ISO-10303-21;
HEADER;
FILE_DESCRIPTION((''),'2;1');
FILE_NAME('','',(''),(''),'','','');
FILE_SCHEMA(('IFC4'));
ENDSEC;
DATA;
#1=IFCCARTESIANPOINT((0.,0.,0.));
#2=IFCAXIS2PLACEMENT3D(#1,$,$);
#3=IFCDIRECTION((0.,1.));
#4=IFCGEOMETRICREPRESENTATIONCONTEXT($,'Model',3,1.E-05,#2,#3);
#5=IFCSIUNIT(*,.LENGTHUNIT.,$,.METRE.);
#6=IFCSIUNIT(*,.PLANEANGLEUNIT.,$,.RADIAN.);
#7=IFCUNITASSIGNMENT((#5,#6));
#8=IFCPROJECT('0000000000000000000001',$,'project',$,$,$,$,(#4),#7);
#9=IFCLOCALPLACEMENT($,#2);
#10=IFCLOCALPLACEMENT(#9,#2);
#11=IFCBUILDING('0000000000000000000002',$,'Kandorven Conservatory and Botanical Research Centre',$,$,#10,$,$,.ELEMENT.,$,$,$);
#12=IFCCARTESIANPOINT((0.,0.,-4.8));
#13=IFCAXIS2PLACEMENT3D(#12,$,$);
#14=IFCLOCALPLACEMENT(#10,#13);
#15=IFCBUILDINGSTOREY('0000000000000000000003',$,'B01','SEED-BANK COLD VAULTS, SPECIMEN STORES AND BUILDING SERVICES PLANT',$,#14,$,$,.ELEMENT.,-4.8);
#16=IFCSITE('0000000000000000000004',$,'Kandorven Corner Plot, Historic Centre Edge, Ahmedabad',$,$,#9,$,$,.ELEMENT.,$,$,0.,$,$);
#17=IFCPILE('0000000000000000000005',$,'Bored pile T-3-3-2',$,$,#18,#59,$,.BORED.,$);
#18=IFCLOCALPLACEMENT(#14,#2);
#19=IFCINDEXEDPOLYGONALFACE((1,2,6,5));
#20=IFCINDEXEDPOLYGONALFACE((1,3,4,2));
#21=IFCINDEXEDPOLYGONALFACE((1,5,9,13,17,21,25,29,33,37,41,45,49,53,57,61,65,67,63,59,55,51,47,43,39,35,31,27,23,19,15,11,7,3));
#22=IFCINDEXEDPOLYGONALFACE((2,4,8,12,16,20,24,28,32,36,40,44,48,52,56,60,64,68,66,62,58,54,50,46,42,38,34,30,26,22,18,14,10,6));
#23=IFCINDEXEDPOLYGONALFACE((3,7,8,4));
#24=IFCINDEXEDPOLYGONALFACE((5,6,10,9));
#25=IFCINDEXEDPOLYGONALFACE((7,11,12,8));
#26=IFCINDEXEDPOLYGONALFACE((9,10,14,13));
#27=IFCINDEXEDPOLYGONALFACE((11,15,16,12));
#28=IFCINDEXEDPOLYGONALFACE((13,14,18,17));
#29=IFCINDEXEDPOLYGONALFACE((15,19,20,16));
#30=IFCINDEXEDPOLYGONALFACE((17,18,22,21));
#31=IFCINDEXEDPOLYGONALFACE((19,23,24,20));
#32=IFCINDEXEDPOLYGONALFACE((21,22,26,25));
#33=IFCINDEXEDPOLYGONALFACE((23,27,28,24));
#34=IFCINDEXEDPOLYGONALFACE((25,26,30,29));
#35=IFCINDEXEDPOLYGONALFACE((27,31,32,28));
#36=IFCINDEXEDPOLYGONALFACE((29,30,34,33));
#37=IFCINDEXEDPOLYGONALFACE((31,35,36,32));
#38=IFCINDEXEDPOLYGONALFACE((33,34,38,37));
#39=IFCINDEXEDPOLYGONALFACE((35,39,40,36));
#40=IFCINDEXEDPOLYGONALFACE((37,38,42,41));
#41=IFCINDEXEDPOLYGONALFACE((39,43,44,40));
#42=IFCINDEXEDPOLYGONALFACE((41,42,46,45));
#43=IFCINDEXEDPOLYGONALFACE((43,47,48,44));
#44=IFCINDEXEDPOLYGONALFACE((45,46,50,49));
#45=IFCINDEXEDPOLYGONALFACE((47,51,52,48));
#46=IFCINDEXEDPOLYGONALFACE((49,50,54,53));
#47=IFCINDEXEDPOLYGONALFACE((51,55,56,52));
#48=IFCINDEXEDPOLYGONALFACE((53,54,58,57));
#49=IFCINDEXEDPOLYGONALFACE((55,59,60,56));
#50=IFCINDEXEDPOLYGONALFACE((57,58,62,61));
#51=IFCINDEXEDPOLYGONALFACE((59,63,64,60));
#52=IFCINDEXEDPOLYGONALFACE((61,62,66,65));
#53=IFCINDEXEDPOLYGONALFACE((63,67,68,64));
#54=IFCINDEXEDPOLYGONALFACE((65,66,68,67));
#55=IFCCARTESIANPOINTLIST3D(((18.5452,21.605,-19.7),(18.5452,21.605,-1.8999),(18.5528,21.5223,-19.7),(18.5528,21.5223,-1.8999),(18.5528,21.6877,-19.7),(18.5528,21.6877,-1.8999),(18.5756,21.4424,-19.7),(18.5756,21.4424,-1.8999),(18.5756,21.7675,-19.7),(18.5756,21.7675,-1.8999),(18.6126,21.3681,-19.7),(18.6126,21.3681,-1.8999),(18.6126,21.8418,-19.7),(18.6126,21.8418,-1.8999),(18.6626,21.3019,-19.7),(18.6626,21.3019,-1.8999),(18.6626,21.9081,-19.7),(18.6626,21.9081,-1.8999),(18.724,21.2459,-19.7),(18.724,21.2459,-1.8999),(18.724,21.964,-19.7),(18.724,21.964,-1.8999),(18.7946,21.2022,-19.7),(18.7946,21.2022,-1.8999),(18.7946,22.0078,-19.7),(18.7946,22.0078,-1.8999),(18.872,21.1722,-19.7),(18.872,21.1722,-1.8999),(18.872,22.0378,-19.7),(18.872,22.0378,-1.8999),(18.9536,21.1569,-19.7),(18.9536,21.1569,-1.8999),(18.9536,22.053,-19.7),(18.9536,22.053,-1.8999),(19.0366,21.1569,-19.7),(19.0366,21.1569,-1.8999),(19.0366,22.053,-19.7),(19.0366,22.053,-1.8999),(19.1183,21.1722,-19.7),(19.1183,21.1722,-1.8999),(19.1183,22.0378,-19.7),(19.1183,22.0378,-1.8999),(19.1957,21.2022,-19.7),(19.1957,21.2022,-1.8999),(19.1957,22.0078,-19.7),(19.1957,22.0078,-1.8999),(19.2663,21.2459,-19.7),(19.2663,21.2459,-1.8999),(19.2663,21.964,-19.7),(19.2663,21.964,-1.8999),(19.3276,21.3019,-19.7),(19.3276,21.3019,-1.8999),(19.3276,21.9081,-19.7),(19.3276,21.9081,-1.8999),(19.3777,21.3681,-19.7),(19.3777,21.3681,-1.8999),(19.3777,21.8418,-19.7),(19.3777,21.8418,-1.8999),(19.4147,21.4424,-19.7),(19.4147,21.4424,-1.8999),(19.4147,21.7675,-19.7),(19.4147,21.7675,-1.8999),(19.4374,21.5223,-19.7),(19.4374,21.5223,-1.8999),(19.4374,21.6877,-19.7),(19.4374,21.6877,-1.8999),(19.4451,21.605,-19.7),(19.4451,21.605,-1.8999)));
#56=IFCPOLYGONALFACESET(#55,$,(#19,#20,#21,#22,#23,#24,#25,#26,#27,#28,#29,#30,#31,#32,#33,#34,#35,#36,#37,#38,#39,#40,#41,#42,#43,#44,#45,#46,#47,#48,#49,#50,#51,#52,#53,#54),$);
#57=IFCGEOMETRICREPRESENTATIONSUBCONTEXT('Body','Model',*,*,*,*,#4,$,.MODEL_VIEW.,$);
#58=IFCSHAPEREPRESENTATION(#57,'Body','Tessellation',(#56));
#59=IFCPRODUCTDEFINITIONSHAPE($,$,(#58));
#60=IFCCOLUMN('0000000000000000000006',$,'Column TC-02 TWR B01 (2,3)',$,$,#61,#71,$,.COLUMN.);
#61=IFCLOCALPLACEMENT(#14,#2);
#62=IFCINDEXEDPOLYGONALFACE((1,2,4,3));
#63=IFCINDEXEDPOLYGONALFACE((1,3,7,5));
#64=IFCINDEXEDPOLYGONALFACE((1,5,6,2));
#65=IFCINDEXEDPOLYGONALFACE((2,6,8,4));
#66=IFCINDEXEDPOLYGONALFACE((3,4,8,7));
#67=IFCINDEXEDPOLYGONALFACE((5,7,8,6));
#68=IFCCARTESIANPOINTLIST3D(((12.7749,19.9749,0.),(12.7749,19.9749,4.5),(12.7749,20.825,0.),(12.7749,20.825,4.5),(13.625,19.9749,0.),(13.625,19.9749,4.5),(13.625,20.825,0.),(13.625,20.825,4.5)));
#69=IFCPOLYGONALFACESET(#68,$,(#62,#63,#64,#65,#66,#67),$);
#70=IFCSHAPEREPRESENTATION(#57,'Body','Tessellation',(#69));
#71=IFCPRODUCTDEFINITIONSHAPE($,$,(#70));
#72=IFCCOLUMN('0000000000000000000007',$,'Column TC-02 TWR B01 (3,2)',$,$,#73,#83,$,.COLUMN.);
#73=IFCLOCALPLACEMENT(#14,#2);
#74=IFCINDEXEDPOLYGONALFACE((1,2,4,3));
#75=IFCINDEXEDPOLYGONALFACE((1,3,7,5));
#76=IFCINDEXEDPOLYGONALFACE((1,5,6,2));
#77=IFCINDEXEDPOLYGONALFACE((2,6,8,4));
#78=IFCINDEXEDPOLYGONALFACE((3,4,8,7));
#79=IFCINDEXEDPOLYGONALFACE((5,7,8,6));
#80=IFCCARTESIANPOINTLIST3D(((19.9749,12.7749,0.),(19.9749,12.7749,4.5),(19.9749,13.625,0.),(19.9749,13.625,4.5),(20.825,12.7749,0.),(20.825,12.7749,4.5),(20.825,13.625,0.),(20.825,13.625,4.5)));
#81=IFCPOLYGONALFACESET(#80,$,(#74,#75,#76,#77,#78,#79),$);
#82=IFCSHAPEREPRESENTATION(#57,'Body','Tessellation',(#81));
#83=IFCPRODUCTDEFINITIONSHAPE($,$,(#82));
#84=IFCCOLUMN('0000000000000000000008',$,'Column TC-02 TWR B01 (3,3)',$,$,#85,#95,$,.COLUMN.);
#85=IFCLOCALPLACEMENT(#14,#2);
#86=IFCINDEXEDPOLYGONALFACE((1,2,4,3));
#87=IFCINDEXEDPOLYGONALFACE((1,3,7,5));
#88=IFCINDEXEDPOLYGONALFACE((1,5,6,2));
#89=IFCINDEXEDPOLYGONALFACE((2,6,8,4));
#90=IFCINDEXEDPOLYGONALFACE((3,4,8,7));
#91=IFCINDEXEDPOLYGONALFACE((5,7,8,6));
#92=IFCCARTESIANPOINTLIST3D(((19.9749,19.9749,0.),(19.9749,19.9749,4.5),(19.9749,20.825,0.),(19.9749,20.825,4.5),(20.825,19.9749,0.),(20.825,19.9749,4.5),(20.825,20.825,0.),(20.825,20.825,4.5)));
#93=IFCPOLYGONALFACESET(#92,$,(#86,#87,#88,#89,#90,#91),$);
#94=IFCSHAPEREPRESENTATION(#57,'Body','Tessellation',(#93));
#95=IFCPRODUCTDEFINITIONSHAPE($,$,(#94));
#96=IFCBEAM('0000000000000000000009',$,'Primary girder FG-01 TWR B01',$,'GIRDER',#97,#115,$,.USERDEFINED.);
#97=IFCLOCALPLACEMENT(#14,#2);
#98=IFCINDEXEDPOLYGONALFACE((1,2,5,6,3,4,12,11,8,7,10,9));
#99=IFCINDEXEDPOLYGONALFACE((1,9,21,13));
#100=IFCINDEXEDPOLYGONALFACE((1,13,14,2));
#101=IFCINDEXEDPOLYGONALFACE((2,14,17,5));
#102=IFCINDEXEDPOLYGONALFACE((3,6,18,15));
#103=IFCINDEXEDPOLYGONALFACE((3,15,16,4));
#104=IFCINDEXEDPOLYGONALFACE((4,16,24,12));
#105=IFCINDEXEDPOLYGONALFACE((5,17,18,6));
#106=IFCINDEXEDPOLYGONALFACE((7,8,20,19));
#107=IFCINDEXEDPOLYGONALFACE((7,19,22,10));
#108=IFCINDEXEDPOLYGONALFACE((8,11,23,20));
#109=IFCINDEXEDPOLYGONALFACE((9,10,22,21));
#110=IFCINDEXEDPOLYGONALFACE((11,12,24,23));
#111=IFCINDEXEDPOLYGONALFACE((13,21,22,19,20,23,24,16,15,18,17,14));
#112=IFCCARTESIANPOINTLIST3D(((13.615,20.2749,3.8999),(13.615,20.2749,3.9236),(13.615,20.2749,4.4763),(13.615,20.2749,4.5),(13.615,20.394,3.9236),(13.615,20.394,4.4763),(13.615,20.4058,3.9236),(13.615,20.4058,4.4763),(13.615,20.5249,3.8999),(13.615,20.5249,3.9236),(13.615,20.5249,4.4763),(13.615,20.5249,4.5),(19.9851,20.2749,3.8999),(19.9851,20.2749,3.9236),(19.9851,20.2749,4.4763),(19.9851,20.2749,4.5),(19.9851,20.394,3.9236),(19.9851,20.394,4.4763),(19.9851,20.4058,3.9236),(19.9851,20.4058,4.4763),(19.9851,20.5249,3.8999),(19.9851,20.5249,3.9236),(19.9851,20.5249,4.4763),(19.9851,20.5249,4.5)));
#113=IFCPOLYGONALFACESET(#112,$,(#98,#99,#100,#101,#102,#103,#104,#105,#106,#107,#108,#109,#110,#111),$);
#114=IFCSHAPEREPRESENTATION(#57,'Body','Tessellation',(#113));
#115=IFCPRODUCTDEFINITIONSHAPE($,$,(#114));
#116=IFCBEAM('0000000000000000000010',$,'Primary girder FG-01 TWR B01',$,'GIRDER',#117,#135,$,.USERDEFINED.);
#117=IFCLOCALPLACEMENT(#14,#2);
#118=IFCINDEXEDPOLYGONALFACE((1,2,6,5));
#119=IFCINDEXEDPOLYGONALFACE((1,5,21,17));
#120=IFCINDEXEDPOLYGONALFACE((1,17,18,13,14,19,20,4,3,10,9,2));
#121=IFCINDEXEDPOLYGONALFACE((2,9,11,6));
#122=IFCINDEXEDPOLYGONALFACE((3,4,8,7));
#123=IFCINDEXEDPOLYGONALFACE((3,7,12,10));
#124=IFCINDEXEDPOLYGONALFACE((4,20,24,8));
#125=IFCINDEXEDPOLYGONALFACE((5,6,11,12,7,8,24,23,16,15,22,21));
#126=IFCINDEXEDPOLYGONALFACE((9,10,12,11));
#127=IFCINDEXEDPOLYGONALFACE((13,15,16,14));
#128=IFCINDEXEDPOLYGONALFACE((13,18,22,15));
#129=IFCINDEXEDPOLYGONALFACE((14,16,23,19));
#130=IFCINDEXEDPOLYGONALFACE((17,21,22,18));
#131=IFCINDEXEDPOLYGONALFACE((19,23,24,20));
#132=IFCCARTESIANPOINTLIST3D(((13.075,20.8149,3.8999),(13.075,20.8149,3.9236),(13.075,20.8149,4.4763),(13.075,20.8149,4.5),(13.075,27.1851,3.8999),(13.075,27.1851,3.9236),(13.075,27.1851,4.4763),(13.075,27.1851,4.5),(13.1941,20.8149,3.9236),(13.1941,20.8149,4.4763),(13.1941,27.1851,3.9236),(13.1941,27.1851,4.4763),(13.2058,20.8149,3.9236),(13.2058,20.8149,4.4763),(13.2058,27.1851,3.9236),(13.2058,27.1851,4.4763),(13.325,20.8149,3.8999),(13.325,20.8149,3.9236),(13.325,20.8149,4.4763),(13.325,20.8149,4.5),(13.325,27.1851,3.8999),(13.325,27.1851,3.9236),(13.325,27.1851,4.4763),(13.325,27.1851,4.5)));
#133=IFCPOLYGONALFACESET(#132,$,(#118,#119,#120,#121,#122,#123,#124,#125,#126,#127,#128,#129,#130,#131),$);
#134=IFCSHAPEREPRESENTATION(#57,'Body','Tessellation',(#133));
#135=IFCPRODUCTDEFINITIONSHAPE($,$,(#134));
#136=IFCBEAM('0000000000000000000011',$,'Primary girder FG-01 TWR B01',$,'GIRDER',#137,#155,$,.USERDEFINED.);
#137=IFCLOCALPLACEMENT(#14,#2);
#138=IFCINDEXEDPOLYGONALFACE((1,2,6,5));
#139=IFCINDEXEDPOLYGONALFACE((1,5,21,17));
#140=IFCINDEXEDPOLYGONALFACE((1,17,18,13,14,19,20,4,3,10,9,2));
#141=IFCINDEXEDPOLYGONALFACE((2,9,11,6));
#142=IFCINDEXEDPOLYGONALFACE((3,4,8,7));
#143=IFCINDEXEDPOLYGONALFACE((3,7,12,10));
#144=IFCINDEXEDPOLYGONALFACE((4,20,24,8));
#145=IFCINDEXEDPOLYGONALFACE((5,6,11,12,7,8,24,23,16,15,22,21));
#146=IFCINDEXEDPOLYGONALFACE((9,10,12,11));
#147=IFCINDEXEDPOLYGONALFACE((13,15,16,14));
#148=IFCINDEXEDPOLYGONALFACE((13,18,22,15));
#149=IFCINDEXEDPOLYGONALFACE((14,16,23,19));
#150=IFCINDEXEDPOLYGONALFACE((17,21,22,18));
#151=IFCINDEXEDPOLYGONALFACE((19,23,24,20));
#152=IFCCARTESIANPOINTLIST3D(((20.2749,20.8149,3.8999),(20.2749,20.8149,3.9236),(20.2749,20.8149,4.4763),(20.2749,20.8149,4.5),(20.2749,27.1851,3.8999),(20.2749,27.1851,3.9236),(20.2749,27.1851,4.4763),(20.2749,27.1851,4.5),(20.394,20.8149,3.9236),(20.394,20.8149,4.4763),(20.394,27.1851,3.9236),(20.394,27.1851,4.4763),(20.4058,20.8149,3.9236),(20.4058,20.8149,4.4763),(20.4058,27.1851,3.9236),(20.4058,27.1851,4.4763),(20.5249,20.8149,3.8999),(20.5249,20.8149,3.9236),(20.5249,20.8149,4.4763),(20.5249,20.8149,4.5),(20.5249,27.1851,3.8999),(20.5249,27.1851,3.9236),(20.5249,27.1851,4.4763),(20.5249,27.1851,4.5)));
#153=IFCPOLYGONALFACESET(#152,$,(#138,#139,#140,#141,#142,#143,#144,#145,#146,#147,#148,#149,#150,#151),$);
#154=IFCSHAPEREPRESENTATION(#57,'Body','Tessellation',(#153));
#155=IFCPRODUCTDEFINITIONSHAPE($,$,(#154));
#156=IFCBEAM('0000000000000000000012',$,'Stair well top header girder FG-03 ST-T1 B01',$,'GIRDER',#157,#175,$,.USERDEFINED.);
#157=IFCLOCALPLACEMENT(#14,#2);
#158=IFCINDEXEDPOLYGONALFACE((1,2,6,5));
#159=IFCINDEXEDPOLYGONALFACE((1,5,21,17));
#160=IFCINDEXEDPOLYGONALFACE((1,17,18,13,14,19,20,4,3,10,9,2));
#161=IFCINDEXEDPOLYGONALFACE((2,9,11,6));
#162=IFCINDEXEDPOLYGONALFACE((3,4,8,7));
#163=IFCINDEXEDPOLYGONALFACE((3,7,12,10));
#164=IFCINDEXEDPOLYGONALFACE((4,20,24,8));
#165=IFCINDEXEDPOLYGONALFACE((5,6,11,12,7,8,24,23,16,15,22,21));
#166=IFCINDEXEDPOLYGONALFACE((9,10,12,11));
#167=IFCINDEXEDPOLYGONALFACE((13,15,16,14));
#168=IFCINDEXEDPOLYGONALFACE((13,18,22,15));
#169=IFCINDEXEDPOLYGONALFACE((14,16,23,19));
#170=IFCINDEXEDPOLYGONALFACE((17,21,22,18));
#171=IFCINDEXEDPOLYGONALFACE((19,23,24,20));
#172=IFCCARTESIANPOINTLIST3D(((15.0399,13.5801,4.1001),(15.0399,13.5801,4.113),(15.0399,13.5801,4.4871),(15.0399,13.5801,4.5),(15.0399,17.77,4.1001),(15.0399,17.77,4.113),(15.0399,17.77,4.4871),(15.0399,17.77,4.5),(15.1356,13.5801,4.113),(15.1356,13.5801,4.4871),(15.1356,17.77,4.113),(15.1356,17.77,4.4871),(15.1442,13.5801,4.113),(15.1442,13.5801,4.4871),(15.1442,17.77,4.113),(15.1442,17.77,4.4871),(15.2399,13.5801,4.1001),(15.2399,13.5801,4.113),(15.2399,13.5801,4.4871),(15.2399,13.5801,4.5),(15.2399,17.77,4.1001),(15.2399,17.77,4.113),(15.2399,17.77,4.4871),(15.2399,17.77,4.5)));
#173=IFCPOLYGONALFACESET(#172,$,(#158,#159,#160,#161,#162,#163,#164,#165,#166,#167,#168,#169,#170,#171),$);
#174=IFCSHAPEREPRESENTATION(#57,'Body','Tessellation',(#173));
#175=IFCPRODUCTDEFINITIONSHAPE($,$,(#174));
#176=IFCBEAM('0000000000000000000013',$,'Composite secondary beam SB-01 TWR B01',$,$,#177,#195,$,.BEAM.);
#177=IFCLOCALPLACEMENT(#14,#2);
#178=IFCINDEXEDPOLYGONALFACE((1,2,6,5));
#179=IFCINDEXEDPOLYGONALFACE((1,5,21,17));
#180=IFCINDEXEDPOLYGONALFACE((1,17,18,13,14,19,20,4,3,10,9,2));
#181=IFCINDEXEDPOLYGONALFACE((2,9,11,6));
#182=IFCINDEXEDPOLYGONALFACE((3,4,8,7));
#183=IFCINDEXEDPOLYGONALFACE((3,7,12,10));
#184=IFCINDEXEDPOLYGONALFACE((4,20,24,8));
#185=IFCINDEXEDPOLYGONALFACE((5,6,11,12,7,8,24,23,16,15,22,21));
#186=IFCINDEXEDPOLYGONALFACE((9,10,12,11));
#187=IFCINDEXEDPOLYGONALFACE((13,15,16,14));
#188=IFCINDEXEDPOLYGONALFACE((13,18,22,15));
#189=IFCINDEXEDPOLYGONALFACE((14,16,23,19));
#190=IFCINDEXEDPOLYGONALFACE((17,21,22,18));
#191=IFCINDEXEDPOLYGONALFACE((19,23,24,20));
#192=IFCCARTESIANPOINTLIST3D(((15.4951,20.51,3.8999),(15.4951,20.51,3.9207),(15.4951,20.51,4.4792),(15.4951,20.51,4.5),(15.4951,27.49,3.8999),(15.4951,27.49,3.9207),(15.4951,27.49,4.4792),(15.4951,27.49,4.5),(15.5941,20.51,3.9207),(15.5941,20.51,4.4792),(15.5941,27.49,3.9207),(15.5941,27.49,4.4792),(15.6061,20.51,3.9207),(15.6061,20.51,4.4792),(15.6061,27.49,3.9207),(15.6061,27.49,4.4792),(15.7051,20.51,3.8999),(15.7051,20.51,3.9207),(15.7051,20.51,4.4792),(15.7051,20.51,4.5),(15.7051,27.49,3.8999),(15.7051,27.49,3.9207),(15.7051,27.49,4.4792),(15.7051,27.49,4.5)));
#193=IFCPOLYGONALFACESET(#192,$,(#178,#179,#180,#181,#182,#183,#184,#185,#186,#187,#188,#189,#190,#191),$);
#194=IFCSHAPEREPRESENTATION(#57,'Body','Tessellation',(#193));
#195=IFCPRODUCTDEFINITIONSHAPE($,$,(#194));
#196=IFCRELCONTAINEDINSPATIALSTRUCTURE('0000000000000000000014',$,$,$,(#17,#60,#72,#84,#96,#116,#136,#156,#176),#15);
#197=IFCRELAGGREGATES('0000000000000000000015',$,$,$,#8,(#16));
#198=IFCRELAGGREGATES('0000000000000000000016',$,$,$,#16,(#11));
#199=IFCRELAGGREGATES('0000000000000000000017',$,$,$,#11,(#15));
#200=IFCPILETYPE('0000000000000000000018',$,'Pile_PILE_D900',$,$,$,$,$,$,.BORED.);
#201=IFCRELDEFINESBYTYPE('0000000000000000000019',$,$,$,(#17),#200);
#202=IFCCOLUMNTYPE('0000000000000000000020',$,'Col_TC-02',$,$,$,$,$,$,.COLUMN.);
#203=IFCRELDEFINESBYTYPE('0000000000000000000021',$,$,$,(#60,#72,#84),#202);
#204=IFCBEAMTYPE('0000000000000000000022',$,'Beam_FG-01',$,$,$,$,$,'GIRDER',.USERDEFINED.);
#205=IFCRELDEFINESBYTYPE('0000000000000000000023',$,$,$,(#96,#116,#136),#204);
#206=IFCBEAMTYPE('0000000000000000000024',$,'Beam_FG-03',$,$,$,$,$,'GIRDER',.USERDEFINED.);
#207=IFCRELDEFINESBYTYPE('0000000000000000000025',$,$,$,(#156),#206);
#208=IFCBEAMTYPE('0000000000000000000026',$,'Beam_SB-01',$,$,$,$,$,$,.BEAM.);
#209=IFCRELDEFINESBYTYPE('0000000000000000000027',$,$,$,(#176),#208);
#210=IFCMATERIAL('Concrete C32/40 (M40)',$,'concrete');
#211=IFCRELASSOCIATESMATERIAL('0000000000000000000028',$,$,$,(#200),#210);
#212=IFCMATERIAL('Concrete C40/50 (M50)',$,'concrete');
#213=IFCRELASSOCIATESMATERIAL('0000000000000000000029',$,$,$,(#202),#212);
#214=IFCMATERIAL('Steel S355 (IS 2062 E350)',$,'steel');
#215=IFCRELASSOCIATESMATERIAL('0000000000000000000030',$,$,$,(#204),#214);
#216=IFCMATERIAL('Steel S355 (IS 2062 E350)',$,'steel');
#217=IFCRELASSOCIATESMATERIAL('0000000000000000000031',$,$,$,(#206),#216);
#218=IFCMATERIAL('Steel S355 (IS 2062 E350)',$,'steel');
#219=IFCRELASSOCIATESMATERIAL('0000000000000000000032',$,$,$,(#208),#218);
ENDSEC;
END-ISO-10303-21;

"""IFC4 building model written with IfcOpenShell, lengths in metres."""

from ifc_helpers import new_model, si_unit, direction, frame, origin, origin_2d, place, context, subcontext, project, spatial, rectangle, circle, i_section, extrude, material, material_profile, profile_set, type_object, element, save


model = new_model("IFC4")

# Units and contexts
model_context = context("Model", 3, precision=1e-05, world=origin(), true_north=direction((0.0, 1.0)))
body_context = subcontext(model_context, "Body", "Model", "MODEL_VIEW")
ifc_project = project(units=[si_unit("LENGTHUNIT", "METRE"), si_unit("PLANEANGLEUNIT", "RADIAN")], contexts=[model_context])

# Site, building, storey
site_placement = place(None, origin())
site = spatial("IfcSite", under=ifc_project, at=site_placement, Name="Kandorven Corner Plot, Historic Centre Edge, Ahmedabad", CompositionType="ELEMENT", RefElevation=0.0)
building_placement = place(site_placement, origin())
building = spatial("IfcBuilding", under=site, at=building_placement, Name="Kandorven Conservatory and Botanical Research Centre", CompositionType="ELEMENT")
storey_placement = place(building_placement, frame((0.0, 0.0, -4.8)))
storey = spatial("IfcBuildingStorey", under=building, at=storey_placement, Name="B01", Description="SEED-BANK COLD VAULTS, SPECIMEN STORES AND BUILDING SERVICES PLANT", CompositionType="ELEMENT", Elevation=-4.8)

# Pile
ifc_material_1 = material(Name="Concrete C32/40 (M40)", Category="concrete")
ifc_material_profile_1 = material_profile(ifc_material_1, circle(Radius=0.45, at=origin_2d()))
ifc_profile_set_1 = profile_set([ifc_material_profile_1], Name="Concrete C32/40 (M40)")
pile_type = type_object("IfcPileType", Name="Pile_PILE_D900", PredefinedType="BORED", material=ifc_profile_set_1)
for number, where, z_axis, x_axis, name in (
    (1, (18.9951, 21.605, -1.8999), (0.0, 0.0, -1.0), (1.0, 0.0, 0.0), "Bored pile T-3-3-2"),
):
    element("IfcPile", number, at=place(storey_placement, frame(where, z_axis=z_axis, x_axis=x_axis)), inside=storey, type_object=pile_type, Name=name, PredefinedType="BORED", context=body_context, shape_type="SweptSolid", body=[
        extrude(circle(Radius=0.45, at=origin_2d()), origin(), (0.0, 0.0, 1.0), 17.8),
    ])

# Columns
ifc_material_2 = material(Name="Concrete C40/50 (M50)", Category="concrete")
ifc_material_profile_2 = material_profile(ifc_material_2, rectangle(XDim=0.8501, YDim=0.8501, at=origin_2d()))
ifc_profile_set_2 = profile_set([ifc_material_profile_2], Name="Concrete C40/50 (M50)")
column_type = type_object("IfcColumnType", Name="Col_TC-02", PredefinedType="COLUMN", material=ifc_profile_set_2)
for number, where, z_axis, x_axis, name in (
    (2, (13.2, 20.3999, 0.0), (0.0, 0.0, 1.0), (1.0, 0.0, 0.0), "Column TC-02 TWR B01 (2,3)"),
    (3, (20.3999, 13.2, 0.0), (0.0, 0.0, 1.0), (1.0, 0.0, 0.0), "Column TC-02 TWR B01 (3,2)"),
    (4, (20.3999, 20.3999, 0.0), (0.0, 0.0, 1.0), (1.0, 0.0, 0.0), "Column TC-02 TWR B01 (3,3)"),
):
    element("IfcColumn", number, at=place(storey_placement, frame(where, z_axis=z_axis, x_axis=x_axis)), inside=storey, type_object=column_type, Name=name, PredefinedType="COLUMN", context=body_context, shape_type="SweptSolid", body=[
        extrude(rectangle(XDim=0.8501, YDim=0.8501, at=origin_2d()), origin(), (0.0, 0.0, 1.0), 4.5),
    ])

# Beams
ifc_material_3 = material(Name="Steel S355 (IS 2062 E350)", Category="steel")
ifc_material_profile_3 = material_profile(ifc_material_3, i_section(OverallWidth=0.25, OverallDepth=0.6001, WebThickness=0.0117, FlangeThickness=0.0237, at=origin_2d()))
ifc_profile_set_3 = profile_set([ifc_material_profile_3], Name="Steel S355 (IS 2062 E350)")
beam_type_1 = type_object("IfcBeamType", Name="Beam_FG-01", ElementType="GIRDER", PredefinedType="USERDEFINED", material=ifc_profile_set_3)
for number, where, z_axis, x_axis, name in (
    (5, (13.615, 20.3999, 4.2), (1.0, 0.0, 0.0), (0.0, 1.0, 0.0), "Primary girder FG-01 TWR B01"),
    (6, (13.2, 20.8149, 4.2), (0.0, 1.0, 0.0), (-1.0, 0.0, 0.0), "Primary girder FG-01 TWR B01"),
    (7, (20.3999, 20.8149, 4.2), (0.0, 1.0, 0.0), (-1.0, 0.0, 0.0), "Primary girder FG-01 TWR B01"),
):
    element("IfcBeam", number, at=place(storey_placement, frame(where, z_axis=z_axis, x_axis=x_axis)), inside=storey, type_object=beam_type_1, Name=name, ObjectType="GIRDER", PredefinedType="USERDEFINED", context=body_context, shape_type="SweptSolid", body=[
        extrude(i_section(OverallWidth=0.25, OverallDepth=0.6001, WebThickness=0.0117, FlangeThickness=0.0237, at=origin_2d()), origin(), (0.0, 0.0, 1.0), 6.3701),
    ])
ifc_material_4 = material(Name="Steel S355 (IS 2062 E350)", Category="steel")
ifc_material_profile_4 = material_profile(ifc_material_4, i_section(OverallWidth=0.2, OverallDepth=0.3999, WebThickness=0.0085, FlangeThickness=0.0129, at=origin_2d()))
ifc_profile_set_4 = profile_set([ifc_material_profile_4], Name="Steel S355 (IS 2062 E350)")
beam_type_2 = type_object("IfcBeamType", Name="Beam_FG-03", ElementType="GIRDER", PredefinedType="USERDEFINED", material=ifc_profile_set_4)
beam_placement = place(storey_placement, frame((15.1399, 13.5801, 4.3), z_axis=(0.0, 1.0, 0.0), x_axis=(-1.0, 0.0, 0.0)))
element("IfcBeam", 8, at=beam_placement, inside=storey, type_object=beam_type_2, Name="Stair well top header girder FG-03 ST-T1 B01", ObjectType="GIRDER", PredefinedType="USERDEFINED", context=body_context, shape_type="SweptSolid", body=[
    extrude(i_section(OverallWidth=0.2, OverallDepth=0.3999, WebThickness=0.0085, FlangeThickness=0.0129, at=origin_2d()), origin(), (0.0, 0.0, 1.0), 4.1899),
])
ifc_material_5 = material(Name="Steel S355 (IS 2062 E350)", Category="steel")
ifc_material_profile_5 = material_profile(ifc_material_5, i_section(OverallWidth=0.21, OverallDepth=0.6001, WebThickness=0.012, FlangeThickness=0.0208, at=origin_2d()))
ifc_profile_set_5 = profile_set([ifc_material_profile_5], Name="Steel S355 (IS 2062 E350)")
beam_type_3 = type_object("IfcBeamType", Name="Beam_SB-01", PredefinedType="BEAM", material=ifc_profile_set_5)
for number, where, z_axis, x_axis, name in (
    (9, (15.6001, 20.51, 4.2), (0.0, 1.0, 0.0), (-1.0, 0.0, 0.0), "Composite secondary beam SB-01 TWR B01"),
):
    element("IfcBeam", number, at=place(storey_placement, frame(where, z_axis=z_axis, x_axis=x_axis)), inside=storey, type_object=beam_type_3, Name=name, PredefinedType="BEAM", context=body_context, shape_type="SweptSolid", body=[
        extrude(i_section(OverallWidth=0.21, OverallDepth=0.6001, WebThickness=0.012, FlangeThickness=0.0208, at=origin_2d()), origin(), (0.0, 0.0, 1.0), 6.98),
    ])

save(model, "model.ifc")
